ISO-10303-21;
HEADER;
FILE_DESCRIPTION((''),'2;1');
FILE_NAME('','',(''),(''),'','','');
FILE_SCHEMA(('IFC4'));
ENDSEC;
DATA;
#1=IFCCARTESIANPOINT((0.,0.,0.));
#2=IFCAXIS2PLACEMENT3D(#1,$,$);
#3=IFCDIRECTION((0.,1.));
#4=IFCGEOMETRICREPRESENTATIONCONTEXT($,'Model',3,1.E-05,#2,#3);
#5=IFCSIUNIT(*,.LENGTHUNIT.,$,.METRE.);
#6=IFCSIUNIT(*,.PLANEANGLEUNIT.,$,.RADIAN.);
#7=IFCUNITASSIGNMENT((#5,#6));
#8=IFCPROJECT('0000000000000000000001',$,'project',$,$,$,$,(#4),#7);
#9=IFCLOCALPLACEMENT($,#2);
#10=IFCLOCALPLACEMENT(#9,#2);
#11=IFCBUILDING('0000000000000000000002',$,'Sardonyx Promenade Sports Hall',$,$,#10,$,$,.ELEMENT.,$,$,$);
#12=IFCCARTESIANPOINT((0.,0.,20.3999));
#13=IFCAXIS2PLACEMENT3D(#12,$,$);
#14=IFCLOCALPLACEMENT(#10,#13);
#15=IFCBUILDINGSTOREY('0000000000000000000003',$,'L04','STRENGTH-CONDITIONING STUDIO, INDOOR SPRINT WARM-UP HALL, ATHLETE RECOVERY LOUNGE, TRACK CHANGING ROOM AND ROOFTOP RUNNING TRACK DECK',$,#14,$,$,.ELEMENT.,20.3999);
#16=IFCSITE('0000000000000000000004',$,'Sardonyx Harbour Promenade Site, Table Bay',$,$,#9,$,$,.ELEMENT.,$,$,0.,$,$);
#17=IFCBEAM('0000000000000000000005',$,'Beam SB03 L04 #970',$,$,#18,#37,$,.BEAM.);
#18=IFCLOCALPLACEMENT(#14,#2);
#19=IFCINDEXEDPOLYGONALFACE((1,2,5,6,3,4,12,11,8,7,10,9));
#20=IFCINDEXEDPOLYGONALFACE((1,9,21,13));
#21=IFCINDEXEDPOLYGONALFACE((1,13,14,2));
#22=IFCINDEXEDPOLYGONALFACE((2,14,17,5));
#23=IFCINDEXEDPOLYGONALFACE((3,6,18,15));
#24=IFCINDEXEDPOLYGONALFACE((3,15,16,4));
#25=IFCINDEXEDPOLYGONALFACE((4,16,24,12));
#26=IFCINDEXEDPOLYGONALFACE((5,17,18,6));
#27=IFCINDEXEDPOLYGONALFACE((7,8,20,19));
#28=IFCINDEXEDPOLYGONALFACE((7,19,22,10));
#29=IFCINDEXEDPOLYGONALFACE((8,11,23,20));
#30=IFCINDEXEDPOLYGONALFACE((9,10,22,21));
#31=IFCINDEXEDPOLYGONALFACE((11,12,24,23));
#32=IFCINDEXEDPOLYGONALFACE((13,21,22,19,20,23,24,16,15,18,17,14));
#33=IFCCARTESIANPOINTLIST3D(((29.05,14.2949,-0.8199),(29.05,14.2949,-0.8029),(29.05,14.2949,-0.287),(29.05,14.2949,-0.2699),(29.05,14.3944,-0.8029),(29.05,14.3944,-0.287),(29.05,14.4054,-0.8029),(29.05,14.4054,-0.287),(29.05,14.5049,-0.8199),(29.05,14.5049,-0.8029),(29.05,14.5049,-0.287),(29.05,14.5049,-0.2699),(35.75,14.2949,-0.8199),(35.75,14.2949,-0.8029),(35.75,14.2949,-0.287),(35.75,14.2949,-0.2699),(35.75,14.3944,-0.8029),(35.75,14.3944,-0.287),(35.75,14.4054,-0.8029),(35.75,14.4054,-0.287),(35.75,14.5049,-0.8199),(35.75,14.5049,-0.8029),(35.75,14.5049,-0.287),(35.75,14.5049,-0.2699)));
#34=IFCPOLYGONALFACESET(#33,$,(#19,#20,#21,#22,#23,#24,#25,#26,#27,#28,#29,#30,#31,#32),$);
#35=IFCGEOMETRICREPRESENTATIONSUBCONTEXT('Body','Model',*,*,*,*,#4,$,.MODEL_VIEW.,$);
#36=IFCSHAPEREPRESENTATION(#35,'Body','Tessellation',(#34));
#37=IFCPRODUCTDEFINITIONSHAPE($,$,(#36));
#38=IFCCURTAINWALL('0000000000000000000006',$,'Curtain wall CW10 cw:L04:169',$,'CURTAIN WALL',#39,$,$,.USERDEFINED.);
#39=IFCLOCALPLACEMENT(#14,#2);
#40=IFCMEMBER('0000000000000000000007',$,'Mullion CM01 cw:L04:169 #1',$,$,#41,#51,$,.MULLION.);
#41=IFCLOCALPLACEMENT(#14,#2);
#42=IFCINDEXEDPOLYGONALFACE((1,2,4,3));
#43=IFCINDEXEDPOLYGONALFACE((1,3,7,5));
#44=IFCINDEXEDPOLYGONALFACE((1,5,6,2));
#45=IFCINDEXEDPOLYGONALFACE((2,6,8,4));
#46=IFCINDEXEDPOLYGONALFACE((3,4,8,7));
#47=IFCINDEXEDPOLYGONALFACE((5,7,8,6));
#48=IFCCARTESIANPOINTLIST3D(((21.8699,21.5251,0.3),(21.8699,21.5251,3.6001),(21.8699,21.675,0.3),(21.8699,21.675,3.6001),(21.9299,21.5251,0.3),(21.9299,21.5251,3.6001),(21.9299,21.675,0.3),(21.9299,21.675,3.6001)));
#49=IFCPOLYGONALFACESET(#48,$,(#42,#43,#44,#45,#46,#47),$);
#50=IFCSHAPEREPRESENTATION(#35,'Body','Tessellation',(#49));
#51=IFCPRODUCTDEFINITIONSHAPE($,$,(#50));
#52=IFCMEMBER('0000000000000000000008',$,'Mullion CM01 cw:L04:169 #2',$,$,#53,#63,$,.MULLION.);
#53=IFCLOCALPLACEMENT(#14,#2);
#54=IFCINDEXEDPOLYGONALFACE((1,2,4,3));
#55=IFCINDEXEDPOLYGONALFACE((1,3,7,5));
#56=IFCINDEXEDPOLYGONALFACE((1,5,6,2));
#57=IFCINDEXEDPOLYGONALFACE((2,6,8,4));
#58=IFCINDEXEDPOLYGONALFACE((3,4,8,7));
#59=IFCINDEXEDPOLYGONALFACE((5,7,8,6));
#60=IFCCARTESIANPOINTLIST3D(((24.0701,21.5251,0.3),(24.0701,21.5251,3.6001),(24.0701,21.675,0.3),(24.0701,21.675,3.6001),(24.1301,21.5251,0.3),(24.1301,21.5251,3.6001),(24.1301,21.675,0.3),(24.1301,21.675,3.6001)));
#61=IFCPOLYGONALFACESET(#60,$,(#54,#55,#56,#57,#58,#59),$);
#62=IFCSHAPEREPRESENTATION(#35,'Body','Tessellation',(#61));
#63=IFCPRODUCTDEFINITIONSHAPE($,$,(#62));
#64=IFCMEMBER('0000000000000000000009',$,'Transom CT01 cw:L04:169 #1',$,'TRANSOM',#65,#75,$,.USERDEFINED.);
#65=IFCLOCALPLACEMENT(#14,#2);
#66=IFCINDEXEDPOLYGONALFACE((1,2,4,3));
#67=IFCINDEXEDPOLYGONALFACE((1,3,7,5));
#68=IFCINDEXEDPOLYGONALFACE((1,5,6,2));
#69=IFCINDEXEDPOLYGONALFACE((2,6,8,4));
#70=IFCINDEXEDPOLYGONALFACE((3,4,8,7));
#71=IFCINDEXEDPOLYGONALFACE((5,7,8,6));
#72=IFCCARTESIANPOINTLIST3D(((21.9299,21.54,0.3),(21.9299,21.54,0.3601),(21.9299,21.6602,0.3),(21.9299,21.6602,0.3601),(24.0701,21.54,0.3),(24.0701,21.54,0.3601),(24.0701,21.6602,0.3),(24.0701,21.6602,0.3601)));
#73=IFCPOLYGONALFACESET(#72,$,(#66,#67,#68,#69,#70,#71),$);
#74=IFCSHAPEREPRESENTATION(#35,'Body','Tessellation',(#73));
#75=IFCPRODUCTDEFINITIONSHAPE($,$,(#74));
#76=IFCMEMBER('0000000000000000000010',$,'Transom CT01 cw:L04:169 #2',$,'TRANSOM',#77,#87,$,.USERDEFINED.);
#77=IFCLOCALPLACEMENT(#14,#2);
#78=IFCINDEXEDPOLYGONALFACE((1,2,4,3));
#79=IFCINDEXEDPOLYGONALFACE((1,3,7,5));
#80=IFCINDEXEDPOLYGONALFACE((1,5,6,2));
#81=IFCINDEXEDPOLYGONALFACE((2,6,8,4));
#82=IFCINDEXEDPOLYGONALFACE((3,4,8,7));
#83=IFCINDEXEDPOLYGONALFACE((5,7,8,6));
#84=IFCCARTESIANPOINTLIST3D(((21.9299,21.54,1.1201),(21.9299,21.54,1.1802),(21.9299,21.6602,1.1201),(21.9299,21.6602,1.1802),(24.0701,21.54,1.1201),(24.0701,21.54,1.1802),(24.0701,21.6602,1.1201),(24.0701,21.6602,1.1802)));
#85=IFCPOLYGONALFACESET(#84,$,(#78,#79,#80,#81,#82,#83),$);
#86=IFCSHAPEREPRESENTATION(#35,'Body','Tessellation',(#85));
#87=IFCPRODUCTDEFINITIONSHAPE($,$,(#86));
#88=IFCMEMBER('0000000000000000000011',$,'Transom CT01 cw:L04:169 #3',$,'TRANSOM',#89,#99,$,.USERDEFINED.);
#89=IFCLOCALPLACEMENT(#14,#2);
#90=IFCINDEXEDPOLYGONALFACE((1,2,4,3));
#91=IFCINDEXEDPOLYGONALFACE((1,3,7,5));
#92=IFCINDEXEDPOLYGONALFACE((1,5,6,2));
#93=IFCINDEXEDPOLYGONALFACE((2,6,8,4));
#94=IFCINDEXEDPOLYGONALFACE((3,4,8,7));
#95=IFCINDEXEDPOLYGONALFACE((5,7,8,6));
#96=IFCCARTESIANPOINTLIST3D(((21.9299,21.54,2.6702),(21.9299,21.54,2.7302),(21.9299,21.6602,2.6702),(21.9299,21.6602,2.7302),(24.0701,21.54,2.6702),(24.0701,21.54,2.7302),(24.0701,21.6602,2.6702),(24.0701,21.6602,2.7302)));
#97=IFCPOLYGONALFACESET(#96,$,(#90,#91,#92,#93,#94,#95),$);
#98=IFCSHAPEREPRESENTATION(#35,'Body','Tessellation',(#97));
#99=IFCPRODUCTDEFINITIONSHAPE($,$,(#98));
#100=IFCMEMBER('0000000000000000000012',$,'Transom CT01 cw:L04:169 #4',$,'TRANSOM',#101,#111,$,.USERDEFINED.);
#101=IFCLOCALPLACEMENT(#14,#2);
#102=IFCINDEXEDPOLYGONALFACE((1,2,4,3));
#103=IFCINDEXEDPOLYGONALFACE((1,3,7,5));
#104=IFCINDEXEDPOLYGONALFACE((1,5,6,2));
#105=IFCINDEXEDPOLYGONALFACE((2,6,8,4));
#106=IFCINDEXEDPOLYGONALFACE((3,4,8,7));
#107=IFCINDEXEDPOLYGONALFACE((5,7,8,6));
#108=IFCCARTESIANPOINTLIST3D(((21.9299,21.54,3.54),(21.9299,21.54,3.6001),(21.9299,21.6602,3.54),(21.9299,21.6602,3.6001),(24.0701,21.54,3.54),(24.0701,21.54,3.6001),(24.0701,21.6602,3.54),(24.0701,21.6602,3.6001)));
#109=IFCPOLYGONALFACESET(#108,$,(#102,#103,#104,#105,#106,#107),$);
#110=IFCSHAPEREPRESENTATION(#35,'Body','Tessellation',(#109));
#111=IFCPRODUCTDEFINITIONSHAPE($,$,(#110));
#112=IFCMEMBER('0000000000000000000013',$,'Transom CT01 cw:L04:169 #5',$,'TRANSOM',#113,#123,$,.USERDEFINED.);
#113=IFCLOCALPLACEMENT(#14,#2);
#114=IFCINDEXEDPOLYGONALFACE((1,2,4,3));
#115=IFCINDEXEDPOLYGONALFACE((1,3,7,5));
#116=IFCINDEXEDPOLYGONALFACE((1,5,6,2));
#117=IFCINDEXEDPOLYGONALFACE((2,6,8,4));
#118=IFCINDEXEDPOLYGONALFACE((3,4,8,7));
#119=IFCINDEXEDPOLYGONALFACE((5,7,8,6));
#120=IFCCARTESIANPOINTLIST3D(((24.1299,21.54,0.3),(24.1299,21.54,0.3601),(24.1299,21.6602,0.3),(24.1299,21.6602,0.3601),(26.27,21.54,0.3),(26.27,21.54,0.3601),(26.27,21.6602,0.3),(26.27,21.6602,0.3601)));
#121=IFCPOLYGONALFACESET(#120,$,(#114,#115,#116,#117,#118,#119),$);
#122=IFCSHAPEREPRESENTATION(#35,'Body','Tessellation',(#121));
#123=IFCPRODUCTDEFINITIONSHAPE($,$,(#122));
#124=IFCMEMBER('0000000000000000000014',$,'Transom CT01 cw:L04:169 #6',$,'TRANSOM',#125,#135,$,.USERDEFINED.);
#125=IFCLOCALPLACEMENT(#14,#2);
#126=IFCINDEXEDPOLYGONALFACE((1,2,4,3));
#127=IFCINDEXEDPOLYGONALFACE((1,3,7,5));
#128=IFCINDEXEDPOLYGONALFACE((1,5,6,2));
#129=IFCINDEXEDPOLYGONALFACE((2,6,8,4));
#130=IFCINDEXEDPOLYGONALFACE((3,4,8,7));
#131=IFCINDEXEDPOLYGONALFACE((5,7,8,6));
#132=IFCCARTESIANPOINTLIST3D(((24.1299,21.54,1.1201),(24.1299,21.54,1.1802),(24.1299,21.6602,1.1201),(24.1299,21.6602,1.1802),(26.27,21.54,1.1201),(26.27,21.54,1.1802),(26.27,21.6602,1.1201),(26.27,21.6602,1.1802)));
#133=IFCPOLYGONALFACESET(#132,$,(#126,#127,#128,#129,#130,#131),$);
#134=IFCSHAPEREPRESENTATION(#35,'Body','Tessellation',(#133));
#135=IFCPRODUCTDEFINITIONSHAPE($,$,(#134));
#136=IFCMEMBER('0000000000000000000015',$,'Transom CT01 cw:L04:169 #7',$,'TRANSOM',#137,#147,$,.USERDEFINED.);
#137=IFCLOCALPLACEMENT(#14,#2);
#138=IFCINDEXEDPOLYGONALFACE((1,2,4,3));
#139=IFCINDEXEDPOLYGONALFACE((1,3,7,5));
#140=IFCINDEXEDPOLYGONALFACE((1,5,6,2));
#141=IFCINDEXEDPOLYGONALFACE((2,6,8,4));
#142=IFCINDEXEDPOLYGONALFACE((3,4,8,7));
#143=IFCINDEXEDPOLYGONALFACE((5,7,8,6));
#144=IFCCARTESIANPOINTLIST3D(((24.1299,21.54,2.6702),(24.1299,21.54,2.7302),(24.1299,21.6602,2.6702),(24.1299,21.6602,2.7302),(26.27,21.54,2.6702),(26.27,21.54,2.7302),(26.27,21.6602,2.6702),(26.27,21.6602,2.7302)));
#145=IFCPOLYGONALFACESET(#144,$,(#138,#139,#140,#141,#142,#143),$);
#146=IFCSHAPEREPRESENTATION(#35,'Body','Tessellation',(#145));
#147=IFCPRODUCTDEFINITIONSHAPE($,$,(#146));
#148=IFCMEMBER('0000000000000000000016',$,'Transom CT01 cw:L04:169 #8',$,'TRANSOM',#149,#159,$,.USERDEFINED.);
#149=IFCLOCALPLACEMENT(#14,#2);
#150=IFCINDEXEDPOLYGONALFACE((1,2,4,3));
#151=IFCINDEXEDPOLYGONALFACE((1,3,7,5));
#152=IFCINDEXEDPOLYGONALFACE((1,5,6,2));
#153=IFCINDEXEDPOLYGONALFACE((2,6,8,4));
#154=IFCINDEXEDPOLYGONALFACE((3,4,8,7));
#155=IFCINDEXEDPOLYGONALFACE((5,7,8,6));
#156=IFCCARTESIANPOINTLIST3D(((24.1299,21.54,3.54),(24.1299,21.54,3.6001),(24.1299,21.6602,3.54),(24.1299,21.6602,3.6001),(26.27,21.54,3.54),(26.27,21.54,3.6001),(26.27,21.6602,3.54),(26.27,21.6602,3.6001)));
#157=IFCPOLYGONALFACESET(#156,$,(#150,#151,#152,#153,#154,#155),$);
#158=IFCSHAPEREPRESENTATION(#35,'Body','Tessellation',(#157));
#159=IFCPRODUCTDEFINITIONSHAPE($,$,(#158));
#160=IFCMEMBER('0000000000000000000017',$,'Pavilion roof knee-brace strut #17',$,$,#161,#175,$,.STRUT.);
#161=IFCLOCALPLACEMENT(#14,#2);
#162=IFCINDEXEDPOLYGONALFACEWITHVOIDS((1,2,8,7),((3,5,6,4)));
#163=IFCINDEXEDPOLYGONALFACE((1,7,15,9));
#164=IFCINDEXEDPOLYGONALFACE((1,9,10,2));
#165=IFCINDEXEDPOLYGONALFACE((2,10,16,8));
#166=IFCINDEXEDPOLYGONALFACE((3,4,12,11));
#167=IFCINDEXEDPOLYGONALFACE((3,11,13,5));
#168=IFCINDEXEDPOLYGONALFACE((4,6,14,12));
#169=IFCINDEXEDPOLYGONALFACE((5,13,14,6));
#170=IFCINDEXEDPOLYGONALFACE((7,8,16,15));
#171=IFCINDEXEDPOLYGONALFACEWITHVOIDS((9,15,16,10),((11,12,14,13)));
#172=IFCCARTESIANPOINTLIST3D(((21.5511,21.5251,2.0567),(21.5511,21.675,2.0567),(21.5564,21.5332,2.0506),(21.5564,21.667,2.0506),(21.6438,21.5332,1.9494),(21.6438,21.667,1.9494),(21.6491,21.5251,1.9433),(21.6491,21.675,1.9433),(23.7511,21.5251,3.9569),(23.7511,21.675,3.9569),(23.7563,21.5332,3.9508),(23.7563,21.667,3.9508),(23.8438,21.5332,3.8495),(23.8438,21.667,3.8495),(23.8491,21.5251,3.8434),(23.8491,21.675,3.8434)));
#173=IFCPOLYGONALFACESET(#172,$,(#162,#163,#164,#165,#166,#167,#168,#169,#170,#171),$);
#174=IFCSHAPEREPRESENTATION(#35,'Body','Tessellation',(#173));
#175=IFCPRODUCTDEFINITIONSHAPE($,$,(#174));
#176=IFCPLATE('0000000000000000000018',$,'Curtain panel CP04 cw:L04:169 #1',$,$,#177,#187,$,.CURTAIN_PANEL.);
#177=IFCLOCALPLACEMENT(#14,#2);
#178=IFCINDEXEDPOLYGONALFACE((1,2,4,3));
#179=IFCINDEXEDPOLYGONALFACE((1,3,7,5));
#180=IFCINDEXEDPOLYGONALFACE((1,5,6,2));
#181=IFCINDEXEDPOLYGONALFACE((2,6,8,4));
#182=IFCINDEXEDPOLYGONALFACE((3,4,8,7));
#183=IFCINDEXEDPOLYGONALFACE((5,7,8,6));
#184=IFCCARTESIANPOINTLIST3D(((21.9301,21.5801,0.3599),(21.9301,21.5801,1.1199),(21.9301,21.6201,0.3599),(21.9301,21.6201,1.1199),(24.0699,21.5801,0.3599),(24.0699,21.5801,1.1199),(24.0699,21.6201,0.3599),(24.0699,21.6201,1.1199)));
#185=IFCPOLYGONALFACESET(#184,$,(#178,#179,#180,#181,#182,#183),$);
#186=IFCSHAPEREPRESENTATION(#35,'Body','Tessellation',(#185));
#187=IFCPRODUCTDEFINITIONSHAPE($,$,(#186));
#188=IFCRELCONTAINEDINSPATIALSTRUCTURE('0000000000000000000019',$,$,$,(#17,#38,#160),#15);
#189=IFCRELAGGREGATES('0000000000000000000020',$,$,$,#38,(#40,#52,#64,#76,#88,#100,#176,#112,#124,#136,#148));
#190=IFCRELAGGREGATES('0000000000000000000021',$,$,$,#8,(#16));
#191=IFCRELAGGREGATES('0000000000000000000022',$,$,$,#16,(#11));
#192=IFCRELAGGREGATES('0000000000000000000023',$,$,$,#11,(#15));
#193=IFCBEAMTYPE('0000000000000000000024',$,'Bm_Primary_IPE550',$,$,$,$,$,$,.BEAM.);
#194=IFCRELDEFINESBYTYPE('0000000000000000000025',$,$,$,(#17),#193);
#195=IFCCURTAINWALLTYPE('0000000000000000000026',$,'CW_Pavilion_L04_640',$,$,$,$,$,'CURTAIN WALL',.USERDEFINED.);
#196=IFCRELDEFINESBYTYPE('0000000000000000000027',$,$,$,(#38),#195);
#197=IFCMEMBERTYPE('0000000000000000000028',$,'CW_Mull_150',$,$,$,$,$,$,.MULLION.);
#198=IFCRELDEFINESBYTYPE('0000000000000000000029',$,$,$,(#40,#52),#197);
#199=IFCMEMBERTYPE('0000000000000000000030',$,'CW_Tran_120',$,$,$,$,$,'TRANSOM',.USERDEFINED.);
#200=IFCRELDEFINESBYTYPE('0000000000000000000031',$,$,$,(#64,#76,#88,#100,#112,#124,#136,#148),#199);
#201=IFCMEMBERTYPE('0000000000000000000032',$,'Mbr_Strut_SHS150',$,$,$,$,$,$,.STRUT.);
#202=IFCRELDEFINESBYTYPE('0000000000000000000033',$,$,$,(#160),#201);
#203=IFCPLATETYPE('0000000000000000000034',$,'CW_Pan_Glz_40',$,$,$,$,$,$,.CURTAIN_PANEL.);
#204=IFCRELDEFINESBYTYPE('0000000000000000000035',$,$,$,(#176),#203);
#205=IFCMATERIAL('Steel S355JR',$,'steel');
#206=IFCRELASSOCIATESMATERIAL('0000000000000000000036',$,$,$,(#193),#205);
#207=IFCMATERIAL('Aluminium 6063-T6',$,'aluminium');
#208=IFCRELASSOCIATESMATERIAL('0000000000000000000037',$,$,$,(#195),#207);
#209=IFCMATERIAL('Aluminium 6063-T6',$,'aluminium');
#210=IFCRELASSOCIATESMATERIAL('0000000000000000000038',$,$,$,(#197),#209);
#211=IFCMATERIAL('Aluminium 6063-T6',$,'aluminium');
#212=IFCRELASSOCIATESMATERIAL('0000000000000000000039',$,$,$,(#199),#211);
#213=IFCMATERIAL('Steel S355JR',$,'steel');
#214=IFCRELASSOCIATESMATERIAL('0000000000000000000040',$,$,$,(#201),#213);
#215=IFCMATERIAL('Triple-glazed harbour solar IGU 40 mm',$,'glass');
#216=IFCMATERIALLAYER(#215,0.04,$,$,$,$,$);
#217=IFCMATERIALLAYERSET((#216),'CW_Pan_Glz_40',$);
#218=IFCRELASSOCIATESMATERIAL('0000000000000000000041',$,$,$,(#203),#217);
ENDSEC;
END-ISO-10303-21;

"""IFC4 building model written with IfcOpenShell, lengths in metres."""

from ifc_helpers import new_model, si_unit, direction, frame, origin, origin_2d, place, context, subcontext, project, spatial, rectangle, hollow_rectangle, i_section, extrude, material, layer, layer_set, material_profile, profile_set, type_object, element, aggregate, save


model = new_model("IFC4")

# Units and contexts
model_context = context("Model", 3, precision=1e-05, world=origin(), true_north=direction((0.0, 1.0)))
body_context = subcontext(model_context, "Body", "Model", "MODEL_VIEW")
ifc_project = project(units=[si_unit("LENGTHUNIT", "METRE"), si_unit("PLANEANGLEUNIT", "RADIAN")], contexts=[model_context])

# Site, building, storey
site_placement = place(None, origin())
site = spatial("IfcSite", under=ifc_project, at=site_placement, Name="Sardonyx Harbour Promenade Site, Table Bay", CompositionType="ELEMENT", RefElevation=0.0)
building_placement = place(site_placement, origin())
building = spatial("IfcBuilding", under=site, at=building_placement, Name="Sardonyx Promenade Sports Hall", CompositionType="ELEMENT")
storey_placement = place(building_placement, frame((0.0, 0.0, 20.3999)))
storey = spatial("IfcBuildingStorey", under=building, at=storey_placement, Name="L04", Description="STRENGTH-CONDITIONING STUDIO, INDOOR SPRINT WARM-UP HALL, ATHLETE RECOVERY LOUNGE, TRACK CHANGING ROOM AND ROOFTOP RUNNING TRACK DECK", CompositionType="ELEMENT", Elevation=20.3999)

# Beam
ifc_material_1 = material(Name="Steel S355JR", Category="steel")
ifc_material_profile_1 = material_profile(ifc_material_1, i_section(OverallWidth=0.21, OverallDepth=0.55, WebThickness=0.011, FlangeThickness=0.0171, at=origin_2d()))
ifc_profile_set_1 = profile_set([ifc_material_profile_1], Name="Steel S355JR")
beam_type_1 = type_object("IfcBeamType", Name="Bm_Primary_IPE550", PredefinedType="BEAM", material=ifc_profile_set_1)
for number, where, z_axis, x_axis, name in (
    (1, (29.05, 14.3999, -0.5449), (1.0, 0.0, 0.0), (0.0, 1.0, 0.0), "Beam SB03 L04 #970"),
):
    element("IfcBeam", number, at=place(storey_placement, frame(where, z_axis=z_axis, x_axis=x_axis)), inside=storey, type_object=beam_type_1, Name=name, PredefinedType="BEAM", context=body_context, shape_type="SweptSolid", body=[
        extrude(i_section(OverallWidth=0.21, OverallDepth=0.55, WebThickness=0.011, FlangeThickness=0.0171, at=origin_2d()), origin(), (0.0, 0.0, 1.0), 6.7),
    ])

# Curtain wall, members
ifc_material_2 = material(Name="Aluminium 6063-T6", Category="aluminium")
curtain_wall_type = type_object("IfcCurtainWallType", Name="CW_Pavilion_L04_640", ElementType="CURTAIN WALL", PredefinedType="USERDEFINED", material=ifc_material_2)
curtain_wall_placement = place(storey_placement, origin())
curtain_wall = element("IfcCurtainWall", 2, at=curtain_wall_placement, inside=storey, type_object=curtain_wall_type, Name="Curtain wall CW10 cw:L04:169", ObjectType="CURTAIN WALL", PredefinedType="USERDEFINED")
ifc_material_3 = material(Name="Aluminium 6063-T6", Category="aluminium")
ifc_material_profile_2 = material_profile(ifc_material_3, rectangle(XDim=0.0601, YDim=0.1499, at=origin_2d()))
ifc_profile_set_2 = profile_set([ifc_material_profile_2], Name="Aluminium 6063-T6")
member_type_1 = type_object("IfcMemberType", Name="CW_Mull_150", PredefinedType="MULLION", material=ifc_profile_set_2)
member_1_placement = place(storey_placement, frame((21.8999, 21.6001, 0.3), z_axis=(0.0, 0.0, 1.0), x_axis=(1.0, 0.0, 0.0)))
member_1 = element("IfcMember", 3, at=member_1_placement, type_object=member_type_1, Name="Mullion CM01 cw:L04:169 #1", PredefinedType="MULLION", context=body_context, shape_type="SweptSolid", body=[
    extrude(rectangle(XDim=0.0601, YDim=0.1499, at=origin_2d()), origin(), (0.0, 0.0, 1.0), 3.3),
])
member_2_placement = place(storey_placement, frame((24.1001, 21.6001, 0.3), z_axis=(0.0, 0.0, 1.0), x_axis=(1.0, 0.0, 0.0)))
member_2 = element("IfcMember", 4, at=member_2_placement, type_object=member_type_1, Name="Mullion CM01 cw:L04:169 #2", PredefinedType="MULLION", context=body_context, shape_type="SweptSolid", body=[
    extrude(rectangle(XDim=0.0601, YDim=0.1499, at=origin_2d()), origin(), (0.0, 0.0, 1.0), 3.3),
])
ifc_material_4 = material(Name="Aluminium 6063-T6", Category="aluminium")
ifc_material_profile_3 = material_profile(ifc_material_4, rectangle(XDim=0.0601, YDim=0.1201, at=origin_2d()))
ifc_profile_set_3 = profile_set([ifc_material_profile_3], Name="Aluminium 6063-T6")
member_type_2 = type_object("IfcMemberType", Name="CW_Tran_120", ElementType="TRANSOM", PredefinedType="USERDEFINED", material=ifc_profile_set_3)
member_3_placement = place(storey_placement, frame((21.9299, 21.6001, 0.3301), z_axis=(1.0, 0.0, 0.0), x_axis=(0.0, 0.0, 1.0)))
member_3 = element("IfcMember", 5, at=member_3_placement, type_object=member_type_2, Name="Transom CT01 cw:L04:169 #1", ObjectType="TRANSOM", PredefinedType="USERDEFINED", context=body_context, shape_type="SweptSolid", body=[
    extrude(rectangle(XDim=0.0601, YDim=0.1201, at=origin_2d()), origin(), (0.0, 0.0, 1.0), 2.1401),
])
member_4_placement = place(storey_placement, frame((21.9299, 21.6001, 1.1501), z_axis=(1.0, 0.0, 0.0), x_axis=(0.0, 0.0, 1.0)))
member_4 = element("IfcMember", 6, at=member_4_placement, type_object=member_type_2, Name="Transom CT01 cw:L04:169 #2", ObjectType="TRANSOM", PredefinedType="USERDEFINED", context=body_context, shape_type="SweptSolid", body=[
    extrude(rectangle(XDim=0.0601, YDim=0.1201, at=origin_2d()), origin(), (0.0, 0.0, 1.0), 2.1401),
])
member_5_placement = place(storey_placement, frame((21.9299, 21.6001, 2.7002), z_axis=(1.0, 0.0, 0.0), x_axis=(0.0, 0.0, 1.0)))
member_5 = element("IfcMember", 7, at=member_5_placement, type_object=member_type_2, Name="Transom CT01 cw:L04:169 #3", ObjectType="TRANSOM", PredefinedType="USERDEFINED", context=body_context, shape_type="SweptSolid", body=[
    extrude(rectangle(XDim=0.0601, YDim=0.1201, at=origin_2d()), origin(), (0.0, 0.0, 1.0), 2.1401),
])
member_6_placement = place(storey_placement, frame((21.9299, 21.6001, 3.5701), z_axis=(1.0, 0.0, 0.0), x_axis=(0.0, 0.0, 1.0)))
member_6 = element("IfcMember", 8, at=member_6_placement, type_object=member_type_2, Name="Transom CT01 cw:L04:169 #4", ObjectType="TRANSOM", PredefinedType="USERDEFINED", context=body_context, shape_type="SweptSolid", body=[
    extrude(rectangle(XDim=0.0601, YDim=0.1201, at=origin_2d()), origin(), (0.0, 0.0, 1.0), 2.1401),
])
member_7_placement = place(storey_placement, frame((24.1299, 21.6001, 0.3301), z_axis=(1.0, 0.0, 0.0), x_axis=(0.0, 0.0, 1.0)))
member_7 = element("IfcMember", 9, at=member_7_placement, type_object=member_type_2, Name="Transom CT01 cw:L04:169 #5", ObjectType="TRANSOM", PredefinedType="USERDEFINED", context=body_context, shape_type="SweptSolid", body=[
    extrude(rectangle(XDim=0.0601, YDim=0.1201, at=origin_2d()), origin(), (0.0, 0.0, 1.0), 2.1401),
])
member_8_placement = place(storey_placement, frame((24.1299, 21.6001, 1.1501), z_axis=(1.0, 0.0, 0.0), x_axis=(0.0, 0.0, 1.0)))
member_8 = element("IfcMember", 10, at=member_8_placement, type_object=member_type_2, Name="Transom CT01 cw:L04:169 #6", ObjectType="TRANSOM", PredefinedType="USERDEFINED", context=body_context, shape_type="SweptSolid", body=[
    extrude(rectangle(XDim=0.0601, YDim=0.1201, at=origin_2d()), origin(), (0.0, 0.0, 1.0), 2.1401),
])
member_9_placement = place(storey_placement, frame((24.1299, 21.6001, 2.7002), z_axis=(1.0, 0.0, 0.0), x_axis=(0.0, 0.0, 1.0)))
member_9 = element("IfcMember", 11, at=member_9_placement, type_object=member_type_2, Name="Transom CT01 cw:L04:169 #7", ObjectType="TRANSOM", PredefinedType="USERDEFINED", context=body_context, shape_type="SweptSolid", body=[
    extrude(rectangle(XDim=0.0601, YDim=0.1201, at=origin_2d()), origin(), (0.0, 0.0, 1.0), 2.1401),
])
member_10_placement = place(storey_placement, frame((24.1299, 21.6001, 3.5701), z_axis=(1.0, 0.0, 0.0), x_axis=(0.0, 0.0, 1.0)))
member_10 = element("IfcMember", 12, at=member_10_placement, type_object=member_type_2, Name="Transom CT01 cw:L04:169 #8", ObjectType="TRANSOM", PredefinedType="USERDEFINED", context=body_context, shape_type="SweptSolid", body=[
    extrude(rectangle(XDim=0.0601, YDim=0.1201, at=origin_2d()), origin(), (0.0, 0.0, 1.0), 2.1401),
])

# Member
ifc_material_5 = material(Name="Steel S355JR", Category="steel")
ifc_material_profile_4 = material_profile(ifc_material_5, hollow_rectangle(XDim=0.1499, YDim=0.1499, WallThickness=0.0081, at=origin_2d()))
ifc_profile_set_4 = profile_set([ifc_material_profile_4], Name="Steel S355JR")
member_type_3 = type_object("IfcMemberType", Name="Mbr_Strut_SHS150", PredefinedType="STRUT", material=ifc_profile_set_4)
member_11_placement = place(storey_placement, frame((21.6001, 21.6001, 2.0), z_axis=(0.756791, 0.0, 0.653657), x_axis=(0.0, 1.0, 0.0)))
element("IfcMember", 13, at=member_11_placement, inside=storey, type_object=member_type_3, Name="Pavilion roof knee-brace strut #17", PredefinedType="STRUT", context=body_context, shape_type="SweptSolid", body=[
    extrude(hollow_rectangle(XDim=0.1499, YDim=0.1499, WallThickness=0.0081, at=origin_2d()), origin(), (0.0, 0.0, 1.0), 2.907),
])

# Plate
ifc_material_6 = material(Name="Triple-glazed harbour solar IGU 40 mm", Category="glass")
ifc_layer_1 = layer(ifc_material_6, 0.04)
ifc_layer_set_1 = layer_set([ifc_layer_1], Name="CW_Pan_Glz_40")
plate_type_1 = type_object("IfcPlateType", Name="CW_Pan_Glz_40", PredefinedType="CURTAIN_PANEL", material=ifc_layer_set_1)
plate_1_placement = place(storey_placement, frame((23.0, 21.6001, 0.3599), z_axis=(0.0, 0.0, 1.0), x_axis=(1.0, 0.0, 0.0)))
plate_1 = element("IfcPlate", 14, at=plate_1_placement, type_object=plate_type_1, Name="Curtain panel CP04 cw:L04:169 #1", PredefinedType="CURTAIN_PANEL", context=body_context, shape_type="SweptSolid", body=[
    extrude(rectangle(XDim=2.1399, YDim=0.04, at=origin_2d()), origin(), (0.0, 0.0, 1.0), 0.76),
])
aggregate(curtain_wall, [member_1, member_2, member_3, member_4, member_5, member_6, plate_1, member_7, member_8, member_9, member_10])

save(model, "model.ifc")
